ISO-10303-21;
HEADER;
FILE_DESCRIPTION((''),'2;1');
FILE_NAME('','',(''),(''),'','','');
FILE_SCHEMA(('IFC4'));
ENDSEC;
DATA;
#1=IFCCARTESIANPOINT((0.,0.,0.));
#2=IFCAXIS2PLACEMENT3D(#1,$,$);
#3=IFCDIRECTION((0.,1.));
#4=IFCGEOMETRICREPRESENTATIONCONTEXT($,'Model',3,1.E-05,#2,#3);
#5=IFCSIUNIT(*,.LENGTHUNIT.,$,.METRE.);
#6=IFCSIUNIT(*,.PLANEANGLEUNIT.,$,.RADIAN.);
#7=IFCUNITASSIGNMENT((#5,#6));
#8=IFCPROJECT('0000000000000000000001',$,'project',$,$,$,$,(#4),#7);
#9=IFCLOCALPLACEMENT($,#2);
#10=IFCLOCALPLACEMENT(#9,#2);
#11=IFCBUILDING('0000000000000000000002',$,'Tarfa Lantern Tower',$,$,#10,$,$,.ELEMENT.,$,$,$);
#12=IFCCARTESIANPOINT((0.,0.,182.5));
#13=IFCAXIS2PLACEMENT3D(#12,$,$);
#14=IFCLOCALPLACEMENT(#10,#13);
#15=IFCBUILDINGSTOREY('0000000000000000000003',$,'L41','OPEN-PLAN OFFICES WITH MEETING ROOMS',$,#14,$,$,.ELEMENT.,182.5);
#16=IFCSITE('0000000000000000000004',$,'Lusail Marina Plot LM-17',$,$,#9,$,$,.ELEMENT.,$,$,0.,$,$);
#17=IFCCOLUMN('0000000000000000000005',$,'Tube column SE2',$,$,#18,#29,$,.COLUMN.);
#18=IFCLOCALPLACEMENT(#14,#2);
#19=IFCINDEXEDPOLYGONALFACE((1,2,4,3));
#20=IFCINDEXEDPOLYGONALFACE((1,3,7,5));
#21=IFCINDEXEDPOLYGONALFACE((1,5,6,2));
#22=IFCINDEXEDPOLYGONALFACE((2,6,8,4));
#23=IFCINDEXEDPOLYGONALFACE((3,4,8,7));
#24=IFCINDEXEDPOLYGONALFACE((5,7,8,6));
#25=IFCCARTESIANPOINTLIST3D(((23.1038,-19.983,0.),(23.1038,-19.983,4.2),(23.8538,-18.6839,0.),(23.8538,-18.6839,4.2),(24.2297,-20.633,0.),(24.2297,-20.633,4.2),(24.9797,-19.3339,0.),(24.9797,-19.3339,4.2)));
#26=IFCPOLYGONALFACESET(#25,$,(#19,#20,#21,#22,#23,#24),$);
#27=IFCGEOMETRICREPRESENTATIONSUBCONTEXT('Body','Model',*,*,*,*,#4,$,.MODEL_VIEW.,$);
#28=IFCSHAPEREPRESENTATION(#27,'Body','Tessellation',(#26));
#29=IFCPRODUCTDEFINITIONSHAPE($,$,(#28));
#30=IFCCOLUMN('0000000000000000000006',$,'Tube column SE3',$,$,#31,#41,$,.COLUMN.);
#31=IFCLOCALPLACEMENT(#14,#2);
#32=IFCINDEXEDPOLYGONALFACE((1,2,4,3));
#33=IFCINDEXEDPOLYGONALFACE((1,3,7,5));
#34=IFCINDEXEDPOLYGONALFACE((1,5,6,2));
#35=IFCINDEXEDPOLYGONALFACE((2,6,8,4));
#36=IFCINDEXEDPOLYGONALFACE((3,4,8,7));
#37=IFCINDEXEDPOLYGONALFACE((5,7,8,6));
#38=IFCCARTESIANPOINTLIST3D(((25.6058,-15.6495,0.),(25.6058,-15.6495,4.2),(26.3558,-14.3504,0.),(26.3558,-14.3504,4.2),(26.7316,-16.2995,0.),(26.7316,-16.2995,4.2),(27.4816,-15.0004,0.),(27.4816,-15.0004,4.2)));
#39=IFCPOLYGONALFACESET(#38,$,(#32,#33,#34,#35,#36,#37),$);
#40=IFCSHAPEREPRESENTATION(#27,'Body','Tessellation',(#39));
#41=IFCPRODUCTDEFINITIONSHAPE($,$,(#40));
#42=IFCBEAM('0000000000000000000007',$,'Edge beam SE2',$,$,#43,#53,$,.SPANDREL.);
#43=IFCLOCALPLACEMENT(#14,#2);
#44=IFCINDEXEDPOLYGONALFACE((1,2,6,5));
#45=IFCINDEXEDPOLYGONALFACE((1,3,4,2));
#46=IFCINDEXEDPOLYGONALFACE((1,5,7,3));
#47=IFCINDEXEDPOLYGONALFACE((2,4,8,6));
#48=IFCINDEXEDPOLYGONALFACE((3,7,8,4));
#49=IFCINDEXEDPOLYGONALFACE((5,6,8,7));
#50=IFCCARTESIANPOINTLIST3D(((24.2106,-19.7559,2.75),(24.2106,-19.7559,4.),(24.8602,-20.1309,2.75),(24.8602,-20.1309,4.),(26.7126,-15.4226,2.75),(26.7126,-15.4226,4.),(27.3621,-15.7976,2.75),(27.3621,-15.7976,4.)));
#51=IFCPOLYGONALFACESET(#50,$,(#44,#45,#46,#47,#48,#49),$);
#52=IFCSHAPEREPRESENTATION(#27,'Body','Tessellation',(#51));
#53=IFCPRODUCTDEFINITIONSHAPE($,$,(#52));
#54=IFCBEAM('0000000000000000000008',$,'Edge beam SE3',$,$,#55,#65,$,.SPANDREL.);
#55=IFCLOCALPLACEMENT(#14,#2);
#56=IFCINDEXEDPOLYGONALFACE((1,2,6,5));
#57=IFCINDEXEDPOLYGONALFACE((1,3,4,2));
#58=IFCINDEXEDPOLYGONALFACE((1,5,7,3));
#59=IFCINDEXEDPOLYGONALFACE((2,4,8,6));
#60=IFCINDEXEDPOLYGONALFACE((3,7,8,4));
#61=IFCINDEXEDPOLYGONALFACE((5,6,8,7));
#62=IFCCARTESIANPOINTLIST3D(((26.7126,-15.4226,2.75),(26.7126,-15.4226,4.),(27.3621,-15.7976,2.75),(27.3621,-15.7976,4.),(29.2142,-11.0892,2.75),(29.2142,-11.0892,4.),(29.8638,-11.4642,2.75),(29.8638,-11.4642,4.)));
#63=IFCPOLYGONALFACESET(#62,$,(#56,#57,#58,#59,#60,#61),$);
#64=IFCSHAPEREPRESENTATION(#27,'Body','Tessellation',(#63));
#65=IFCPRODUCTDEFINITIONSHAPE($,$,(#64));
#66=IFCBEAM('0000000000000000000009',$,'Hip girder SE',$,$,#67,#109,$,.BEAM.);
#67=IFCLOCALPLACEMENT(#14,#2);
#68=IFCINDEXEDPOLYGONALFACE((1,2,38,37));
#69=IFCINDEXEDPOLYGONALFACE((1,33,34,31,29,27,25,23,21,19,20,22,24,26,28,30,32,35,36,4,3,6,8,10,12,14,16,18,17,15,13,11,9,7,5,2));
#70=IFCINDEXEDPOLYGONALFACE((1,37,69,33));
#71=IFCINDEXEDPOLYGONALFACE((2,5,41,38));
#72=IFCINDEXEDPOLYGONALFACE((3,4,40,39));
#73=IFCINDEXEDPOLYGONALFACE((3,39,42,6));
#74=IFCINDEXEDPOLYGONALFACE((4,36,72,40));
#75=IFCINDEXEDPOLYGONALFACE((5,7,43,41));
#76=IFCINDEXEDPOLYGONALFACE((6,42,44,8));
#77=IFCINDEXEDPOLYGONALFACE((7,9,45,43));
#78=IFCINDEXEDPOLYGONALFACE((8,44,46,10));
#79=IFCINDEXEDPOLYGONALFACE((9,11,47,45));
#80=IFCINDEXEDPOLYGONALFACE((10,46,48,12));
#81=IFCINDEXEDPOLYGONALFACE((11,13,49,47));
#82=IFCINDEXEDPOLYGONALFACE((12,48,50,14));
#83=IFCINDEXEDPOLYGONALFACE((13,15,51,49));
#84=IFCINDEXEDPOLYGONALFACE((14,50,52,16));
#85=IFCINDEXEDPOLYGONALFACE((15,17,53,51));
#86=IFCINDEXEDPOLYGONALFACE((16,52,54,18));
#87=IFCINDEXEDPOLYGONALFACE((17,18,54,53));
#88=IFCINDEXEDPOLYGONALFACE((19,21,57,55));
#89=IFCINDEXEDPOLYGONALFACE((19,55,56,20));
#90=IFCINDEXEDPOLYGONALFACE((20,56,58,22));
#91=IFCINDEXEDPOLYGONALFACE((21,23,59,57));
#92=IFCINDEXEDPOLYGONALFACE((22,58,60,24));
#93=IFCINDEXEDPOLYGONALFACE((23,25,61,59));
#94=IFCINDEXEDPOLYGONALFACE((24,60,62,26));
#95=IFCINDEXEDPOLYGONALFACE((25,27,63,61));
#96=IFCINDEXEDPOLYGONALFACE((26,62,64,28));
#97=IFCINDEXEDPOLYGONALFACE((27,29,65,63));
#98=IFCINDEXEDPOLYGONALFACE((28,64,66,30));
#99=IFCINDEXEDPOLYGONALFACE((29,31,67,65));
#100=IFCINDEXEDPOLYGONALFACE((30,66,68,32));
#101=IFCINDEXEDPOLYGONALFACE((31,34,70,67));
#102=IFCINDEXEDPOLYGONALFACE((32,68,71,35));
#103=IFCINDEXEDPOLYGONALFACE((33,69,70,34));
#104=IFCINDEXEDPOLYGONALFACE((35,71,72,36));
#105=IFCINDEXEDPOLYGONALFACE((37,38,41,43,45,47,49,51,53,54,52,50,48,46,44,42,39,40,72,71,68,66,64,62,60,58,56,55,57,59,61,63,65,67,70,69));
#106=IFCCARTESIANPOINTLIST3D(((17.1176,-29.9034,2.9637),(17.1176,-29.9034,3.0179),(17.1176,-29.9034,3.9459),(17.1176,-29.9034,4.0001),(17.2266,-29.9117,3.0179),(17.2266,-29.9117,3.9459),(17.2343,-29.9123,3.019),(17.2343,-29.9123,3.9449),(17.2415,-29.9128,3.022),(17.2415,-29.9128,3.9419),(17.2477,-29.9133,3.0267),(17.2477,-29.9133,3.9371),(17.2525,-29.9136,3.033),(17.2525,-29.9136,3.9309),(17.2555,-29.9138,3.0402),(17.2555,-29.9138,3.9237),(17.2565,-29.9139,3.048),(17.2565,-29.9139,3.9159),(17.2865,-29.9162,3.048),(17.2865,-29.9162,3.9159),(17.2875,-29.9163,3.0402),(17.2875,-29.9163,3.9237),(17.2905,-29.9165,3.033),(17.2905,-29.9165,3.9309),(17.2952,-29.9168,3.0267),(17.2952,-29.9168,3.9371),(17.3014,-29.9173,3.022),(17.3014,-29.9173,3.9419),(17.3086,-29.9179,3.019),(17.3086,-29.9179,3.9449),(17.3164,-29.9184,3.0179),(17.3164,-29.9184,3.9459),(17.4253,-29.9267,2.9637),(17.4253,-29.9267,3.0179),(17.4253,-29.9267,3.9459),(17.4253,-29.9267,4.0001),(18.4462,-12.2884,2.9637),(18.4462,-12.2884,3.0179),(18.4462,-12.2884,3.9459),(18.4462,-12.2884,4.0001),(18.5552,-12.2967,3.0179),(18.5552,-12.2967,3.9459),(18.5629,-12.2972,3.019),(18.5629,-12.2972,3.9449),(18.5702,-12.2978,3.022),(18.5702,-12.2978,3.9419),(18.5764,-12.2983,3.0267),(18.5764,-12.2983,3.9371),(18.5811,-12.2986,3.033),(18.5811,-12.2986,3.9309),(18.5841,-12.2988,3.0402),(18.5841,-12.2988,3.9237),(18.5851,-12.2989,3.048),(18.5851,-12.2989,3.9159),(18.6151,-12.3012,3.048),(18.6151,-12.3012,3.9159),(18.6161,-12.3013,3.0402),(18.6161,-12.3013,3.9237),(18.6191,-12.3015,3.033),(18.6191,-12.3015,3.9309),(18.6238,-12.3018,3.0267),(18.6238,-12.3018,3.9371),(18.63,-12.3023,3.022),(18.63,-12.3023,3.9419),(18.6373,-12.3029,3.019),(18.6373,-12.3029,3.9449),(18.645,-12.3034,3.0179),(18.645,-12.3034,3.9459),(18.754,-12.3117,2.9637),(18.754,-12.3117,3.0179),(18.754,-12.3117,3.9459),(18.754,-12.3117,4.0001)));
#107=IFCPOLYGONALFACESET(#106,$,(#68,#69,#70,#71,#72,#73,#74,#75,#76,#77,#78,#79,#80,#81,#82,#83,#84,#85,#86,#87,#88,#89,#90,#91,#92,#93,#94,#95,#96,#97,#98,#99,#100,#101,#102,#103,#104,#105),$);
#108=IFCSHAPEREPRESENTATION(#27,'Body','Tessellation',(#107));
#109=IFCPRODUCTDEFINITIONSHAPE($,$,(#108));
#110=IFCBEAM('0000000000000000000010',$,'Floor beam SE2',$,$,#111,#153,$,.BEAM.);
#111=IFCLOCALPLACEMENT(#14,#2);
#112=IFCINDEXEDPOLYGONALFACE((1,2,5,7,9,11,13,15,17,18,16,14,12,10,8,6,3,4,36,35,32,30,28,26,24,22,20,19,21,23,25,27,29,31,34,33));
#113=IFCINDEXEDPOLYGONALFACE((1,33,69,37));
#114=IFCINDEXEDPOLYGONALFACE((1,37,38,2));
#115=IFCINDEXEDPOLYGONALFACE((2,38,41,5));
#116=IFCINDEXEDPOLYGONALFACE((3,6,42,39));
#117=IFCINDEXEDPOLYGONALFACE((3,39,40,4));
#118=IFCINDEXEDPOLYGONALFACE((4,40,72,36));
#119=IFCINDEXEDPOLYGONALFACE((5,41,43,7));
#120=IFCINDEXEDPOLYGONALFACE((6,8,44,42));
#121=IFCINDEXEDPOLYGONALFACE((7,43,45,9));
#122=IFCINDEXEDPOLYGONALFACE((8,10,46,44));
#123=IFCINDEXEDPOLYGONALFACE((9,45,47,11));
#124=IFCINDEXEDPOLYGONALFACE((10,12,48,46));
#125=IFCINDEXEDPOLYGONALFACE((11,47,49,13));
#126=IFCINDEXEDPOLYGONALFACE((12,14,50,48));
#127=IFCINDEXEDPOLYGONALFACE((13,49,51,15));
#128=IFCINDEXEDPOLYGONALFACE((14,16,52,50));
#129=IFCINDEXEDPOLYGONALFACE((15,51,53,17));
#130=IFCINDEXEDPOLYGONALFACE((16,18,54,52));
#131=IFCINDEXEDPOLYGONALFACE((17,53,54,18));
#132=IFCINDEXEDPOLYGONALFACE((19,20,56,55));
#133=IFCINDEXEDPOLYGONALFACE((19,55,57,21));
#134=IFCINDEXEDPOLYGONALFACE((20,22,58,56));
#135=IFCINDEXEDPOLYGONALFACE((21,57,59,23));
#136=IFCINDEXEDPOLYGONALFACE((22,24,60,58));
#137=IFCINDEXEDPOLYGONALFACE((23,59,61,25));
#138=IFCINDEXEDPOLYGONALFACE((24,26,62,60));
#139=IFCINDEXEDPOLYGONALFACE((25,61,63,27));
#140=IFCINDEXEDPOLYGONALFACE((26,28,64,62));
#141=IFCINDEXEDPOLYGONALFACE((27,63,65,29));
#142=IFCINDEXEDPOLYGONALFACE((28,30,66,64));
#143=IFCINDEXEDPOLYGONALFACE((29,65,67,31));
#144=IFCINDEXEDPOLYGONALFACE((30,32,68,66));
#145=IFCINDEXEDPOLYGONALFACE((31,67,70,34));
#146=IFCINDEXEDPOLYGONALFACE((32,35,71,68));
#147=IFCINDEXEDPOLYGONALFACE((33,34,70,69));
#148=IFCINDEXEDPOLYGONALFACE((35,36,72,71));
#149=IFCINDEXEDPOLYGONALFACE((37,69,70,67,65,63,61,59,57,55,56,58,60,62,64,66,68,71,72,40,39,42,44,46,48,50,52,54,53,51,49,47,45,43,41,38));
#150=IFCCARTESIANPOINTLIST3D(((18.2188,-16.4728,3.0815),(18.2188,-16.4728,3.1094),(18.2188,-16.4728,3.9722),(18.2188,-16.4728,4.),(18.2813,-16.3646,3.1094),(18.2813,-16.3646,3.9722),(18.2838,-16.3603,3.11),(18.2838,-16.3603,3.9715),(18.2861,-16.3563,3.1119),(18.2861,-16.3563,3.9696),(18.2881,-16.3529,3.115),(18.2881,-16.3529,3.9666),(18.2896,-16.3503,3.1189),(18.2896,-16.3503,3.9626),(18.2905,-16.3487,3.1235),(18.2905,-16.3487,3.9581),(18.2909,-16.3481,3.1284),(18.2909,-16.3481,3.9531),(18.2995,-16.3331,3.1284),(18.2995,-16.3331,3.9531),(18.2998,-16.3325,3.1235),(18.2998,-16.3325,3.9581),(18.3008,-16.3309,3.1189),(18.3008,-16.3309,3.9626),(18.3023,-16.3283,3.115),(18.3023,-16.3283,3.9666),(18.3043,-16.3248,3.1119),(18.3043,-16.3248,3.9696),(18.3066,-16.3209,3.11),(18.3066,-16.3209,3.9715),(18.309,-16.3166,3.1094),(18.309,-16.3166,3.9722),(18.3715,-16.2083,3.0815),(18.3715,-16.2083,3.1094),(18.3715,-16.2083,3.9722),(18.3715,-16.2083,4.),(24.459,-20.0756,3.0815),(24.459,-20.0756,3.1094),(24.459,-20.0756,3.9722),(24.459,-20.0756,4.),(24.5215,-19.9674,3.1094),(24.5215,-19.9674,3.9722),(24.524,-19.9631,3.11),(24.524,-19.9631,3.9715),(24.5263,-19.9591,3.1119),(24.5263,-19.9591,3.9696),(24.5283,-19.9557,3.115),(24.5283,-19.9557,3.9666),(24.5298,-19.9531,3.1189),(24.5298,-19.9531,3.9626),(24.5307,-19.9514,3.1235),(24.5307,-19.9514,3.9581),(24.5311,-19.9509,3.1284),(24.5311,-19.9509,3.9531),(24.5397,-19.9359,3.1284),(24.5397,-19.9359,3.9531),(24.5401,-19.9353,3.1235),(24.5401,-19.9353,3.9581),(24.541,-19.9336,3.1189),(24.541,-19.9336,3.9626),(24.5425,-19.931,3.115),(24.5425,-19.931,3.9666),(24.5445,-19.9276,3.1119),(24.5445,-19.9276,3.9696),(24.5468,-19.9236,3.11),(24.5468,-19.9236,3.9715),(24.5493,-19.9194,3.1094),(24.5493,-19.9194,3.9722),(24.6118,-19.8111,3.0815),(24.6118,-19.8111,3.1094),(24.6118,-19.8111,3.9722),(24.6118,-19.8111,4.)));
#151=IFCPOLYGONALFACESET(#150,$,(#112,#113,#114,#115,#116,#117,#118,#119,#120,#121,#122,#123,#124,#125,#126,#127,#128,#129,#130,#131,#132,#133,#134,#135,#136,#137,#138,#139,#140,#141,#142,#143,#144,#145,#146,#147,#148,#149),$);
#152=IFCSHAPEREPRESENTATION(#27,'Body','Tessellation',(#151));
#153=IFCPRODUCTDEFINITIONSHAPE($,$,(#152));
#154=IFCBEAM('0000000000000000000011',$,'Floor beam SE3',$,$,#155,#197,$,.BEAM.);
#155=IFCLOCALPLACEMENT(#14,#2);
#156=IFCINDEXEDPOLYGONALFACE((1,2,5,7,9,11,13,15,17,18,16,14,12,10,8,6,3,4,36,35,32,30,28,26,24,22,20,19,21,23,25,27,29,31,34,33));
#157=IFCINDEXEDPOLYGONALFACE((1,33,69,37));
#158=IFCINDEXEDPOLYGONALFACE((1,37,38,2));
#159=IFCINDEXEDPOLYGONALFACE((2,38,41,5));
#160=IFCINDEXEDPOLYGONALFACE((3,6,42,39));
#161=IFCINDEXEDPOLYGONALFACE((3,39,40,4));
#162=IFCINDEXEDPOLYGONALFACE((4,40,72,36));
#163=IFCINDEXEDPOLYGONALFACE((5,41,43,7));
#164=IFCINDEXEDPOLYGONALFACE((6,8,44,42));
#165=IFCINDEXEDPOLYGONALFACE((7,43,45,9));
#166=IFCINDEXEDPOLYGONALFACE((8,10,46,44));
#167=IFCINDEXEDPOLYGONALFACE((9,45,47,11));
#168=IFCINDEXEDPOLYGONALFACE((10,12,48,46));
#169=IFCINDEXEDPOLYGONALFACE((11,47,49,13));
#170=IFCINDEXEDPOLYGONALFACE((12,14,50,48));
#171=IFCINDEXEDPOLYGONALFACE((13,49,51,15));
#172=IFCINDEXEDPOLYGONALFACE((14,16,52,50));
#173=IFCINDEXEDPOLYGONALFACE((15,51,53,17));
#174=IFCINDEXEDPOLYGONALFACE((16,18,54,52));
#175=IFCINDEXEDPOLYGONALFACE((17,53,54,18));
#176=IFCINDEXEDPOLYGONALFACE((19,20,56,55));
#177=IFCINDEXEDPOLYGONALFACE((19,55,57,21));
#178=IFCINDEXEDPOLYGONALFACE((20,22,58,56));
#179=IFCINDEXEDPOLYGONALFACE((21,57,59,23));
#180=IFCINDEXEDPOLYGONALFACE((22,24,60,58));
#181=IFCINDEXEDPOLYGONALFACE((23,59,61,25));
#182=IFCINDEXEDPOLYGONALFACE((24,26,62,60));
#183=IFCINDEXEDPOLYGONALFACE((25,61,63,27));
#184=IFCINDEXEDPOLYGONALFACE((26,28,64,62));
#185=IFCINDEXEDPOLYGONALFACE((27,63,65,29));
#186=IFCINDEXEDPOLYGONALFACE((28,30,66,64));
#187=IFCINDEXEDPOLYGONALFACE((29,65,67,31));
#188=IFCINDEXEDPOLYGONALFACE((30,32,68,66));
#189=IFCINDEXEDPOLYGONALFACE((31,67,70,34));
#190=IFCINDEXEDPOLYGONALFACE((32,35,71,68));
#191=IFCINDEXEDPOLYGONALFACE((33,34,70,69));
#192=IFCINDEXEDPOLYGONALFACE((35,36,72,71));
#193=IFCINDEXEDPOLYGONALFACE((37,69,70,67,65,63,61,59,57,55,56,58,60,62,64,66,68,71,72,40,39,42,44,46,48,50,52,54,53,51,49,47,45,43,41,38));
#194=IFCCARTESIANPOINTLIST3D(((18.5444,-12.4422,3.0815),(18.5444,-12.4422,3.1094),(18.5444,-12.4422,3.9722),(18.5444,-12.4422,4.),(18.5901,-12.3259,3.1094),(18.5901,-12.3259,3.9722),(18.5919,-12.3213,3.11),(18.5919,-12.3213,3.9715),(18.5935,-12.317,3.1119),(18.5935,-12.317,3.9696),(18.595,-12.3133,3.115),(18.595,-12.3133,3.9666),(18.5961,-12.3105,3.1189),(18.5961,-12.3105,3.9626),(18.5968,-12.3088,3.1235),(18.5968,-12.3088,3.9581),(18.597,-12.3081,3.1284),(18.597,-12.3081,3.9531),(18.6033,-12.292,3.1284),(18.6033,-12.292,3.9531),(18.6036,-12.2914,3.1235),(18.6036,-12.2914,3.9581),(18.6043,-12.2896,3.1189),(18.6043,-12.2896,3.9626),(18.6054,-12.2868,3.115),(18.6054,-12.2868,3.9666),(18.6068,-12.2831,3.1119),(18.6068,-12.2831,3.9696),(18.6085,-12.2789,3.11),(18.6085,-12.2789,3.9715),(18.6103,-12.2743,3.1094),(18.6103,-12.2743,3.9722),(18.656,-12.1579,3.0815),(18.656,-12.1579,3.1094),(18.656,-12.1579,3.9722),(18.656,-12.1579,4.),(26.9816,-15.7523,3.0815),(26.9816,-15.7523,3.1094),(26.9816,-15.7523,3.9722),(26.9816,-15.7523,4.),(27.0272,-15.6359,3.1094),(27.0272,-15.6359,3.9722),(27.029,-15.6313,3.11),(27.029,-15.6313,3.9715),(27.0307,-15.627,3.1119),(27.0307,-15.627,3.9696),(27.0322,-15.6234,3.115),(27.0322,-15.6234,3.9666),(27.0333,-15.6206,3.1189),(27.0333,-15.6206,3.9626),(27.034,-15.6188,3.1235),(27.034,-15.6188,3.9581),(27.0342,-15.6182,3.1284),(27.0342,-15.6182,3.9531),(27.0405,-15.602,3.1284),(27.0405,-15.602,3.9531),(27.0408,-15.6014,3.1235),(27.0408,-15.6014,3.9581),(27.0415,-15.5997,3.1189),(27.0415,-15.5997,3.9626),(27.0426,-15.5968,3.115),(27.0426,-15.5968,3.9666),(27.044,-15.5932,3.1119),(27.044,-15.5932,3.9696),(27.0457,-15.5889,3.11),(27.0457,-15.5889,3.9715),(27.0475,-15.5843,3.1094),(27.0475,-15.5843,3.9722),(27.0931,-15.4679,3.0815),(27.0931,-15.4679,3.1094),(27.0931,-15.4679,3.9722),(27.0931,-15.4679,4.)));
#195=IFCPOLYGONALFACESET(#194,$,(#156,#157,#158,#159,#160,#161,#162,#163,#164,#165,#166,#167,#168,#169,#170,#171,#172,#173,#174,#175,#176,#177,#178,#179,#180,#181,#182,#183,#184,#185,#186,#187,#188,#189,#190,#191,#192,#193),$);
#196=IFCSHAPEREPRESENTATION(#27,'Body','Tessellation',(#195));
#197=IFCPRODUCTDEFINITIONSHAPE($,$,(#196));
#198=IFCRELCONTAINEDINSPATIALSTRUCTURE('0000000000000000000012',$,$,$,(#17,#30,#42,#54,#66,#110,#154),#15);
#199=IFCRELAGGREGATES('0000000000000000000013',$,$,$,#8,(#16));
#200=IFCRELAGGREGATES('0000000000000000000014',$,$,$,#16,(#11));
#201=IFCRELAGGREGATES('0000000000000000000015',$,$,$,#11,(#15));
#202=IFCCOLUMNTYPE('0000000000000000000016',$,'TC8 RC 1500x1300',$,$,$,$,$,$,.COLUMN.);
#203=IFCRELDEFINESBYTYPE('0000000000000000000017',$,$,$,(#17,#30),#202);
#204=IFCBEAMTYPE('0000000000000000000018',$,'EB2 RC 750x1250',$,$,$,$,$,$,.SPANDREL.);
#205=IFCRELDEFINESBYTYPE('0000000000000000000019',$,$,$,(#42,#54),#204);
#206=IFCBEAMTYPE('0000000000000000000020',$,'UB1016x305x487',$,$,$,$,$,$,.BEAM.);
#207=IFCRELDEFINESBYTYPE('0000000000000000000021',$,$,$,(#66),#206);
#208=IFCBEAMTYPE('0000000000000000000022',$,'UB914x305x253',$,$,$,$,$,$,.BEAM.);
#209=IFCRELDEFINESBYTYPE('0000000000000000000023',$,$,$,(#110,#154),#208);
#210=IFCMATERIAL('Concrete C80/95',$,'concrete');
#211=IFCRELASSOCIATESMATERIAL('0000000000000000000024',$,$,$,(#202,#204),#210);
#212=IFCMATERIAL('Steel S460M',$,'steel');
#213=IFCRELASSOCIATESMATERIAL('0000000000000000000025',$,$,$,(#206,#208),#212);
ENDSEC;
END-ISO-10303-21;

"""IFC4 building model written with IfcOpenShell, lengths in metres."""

from ifc_helpers import new_model, si_unit, direction, frame, origin, origin_2d, place, context, subcontext, project, spatial, rectangle, i_section, extrude, material, material_profile, profile_set, type_object, element, save


model = new_model("IFC4")

# Units and contexts
model_context = context("Model", 3, precision=1e-05, world=origin(), true_north=direction((0.0, 1.0)))
body_context = subcontext(model_context, "Body", "Model", "MODEL_VIEW")
ifc_project = project(units=[si_unit("LENGTHUNIT", "METRE"), si_unit("PLANEANGLEUNIT", "RADIAN")], contexts=[model_context])

# Site, building, storey
site_placement = place(None, origin())
site = spatial("IfcSite", under=ifc_project, at=site_placement, Name="Lusail Marina Plot LM-17", CompositionType="ELEMENT", RefElevation=0.0)
building_placement = place(site_placement, origin())
building = spatial("IfcBuilding", under=site, at=building_placement, Name="Tarfa Lantern Tower", CompositionType="ELEMENT")
storey_placement = place(building_placement, frame((0.0, 0.0, 182.5)))
storey = spatial("IfcBuildingStorey", under=building, at=storey_placement, Name="L41", Description="OPEN-PLAN OFFICES WITH MEETING ROOMS", CompositionType="ELEMENT", Elevation=182.5)

# Columns
ifc_material_1 = material(Name="Concrete C80/95", Category="concrete")
ifc_material_profile_1 = material_profile(ifc_material_1, rectangle(XDim=1.5, YDim=1.3, at=origin_2d()), Name="RC 1500x1300")
ifc_profile_set_1 = profile_set([ifc_material_profile_1], Name="Concrete C80/95")
column_type = type_object("IfcColumnType", Name="TC8 RC 1500x1300", PredefinedType="COLUMN", material=ifc_profile_set_1)
for number, where, z_axis, x_axis, name in (
    (1, (24.0417, -19.6584, 0.0), (0.0, 0.0, 1.0), (0.5, 0.866025, 0.0), "Tube column SE2"),
    (2, (26.5437, -15.325, 0.0), (0.0, 0.0, 1.0), (0.5, 0.866025, 0.0), "Tube column SE3"),
):
    element("IfcColumn", number, at=place(storey_placement, frame(where, z_axis=z_axis, x_axis=x_axis)), inside=storey, type_object=column_type, Name=name, PredefinedType="COLUMN", context=body_context, shape_type="SweptSolid", body=[
        extrude(rectangle(XDim=1.5, YDim=1.3, at=origin_2d()), origin(), (0.0, 0.0, 1.0), 4.2),
    ])

# Beams
ifc_material_profile_2 = material_profile(ifc_material_1, rectangle(XDim=0.75, YDim=1.25, at=origin_2d()), Name="RC 750x1250")
ifc_profile_set_2 = profile_set([ifc_material_profile_2], Name="Concrete C80/95")
beam_type_1 = type_object("IfcBeamType", Name="EB2 RC 750x1250", PredefinedType="SPANDREL", material=ifc_profile_set_2)
for number, where, z_axis, x_axis, name in (
    (3, (24.5354, -19.9434, 3.375), (0.500022, 0.866013, 0.0), (-0.866013, 0.500022, 0.0), "Edge beam SE2"),
    (4, (27.0374, -15.6101, 3.375), (0.499965, 0.866046, 0.0), (-0.866046, 0.499965, 0.0), "Edge beam SE3"),
):
    element("IfcBeam", number, at=place(storey_placement, frame(where, z_axis=z_axis, x_axis=x_axis)), inside=storey, type_object=beam_type_1, Name=name, PredefinedType="SPANDREL", context=body_context, shape_type="SweptSolid", body=[
        extrude(rectangle(XDim=0.75, YDim=1.25, at=origin_2d()), origin(), (0.0, 0.0, 1.0), 5.0037),
    ])
ifc_material_2 = material(Name="Steel S460M", Category="steel")
ifc_material_profile_3 = material_profile(ifc_material_2, i_section(OverallWidth=0.3086, OverallDepth=1.0364, WebThickness=0.03, FlangeThickness=0.0542, FilletRadius=0.03, at=origin_2d()), Name="UB1016x305x487")
ifc_profile_set_3 = profile_set([ifc_material_profile_3], Name="Steel S460M")
beam_type_2 = type_object("IfcBeamType", Name="UB1016x305x487", PredefinedType="BEAM", material=ifc_profile_set_3)
beam_1_placement = place(storey_placement, frame((18.6001, -12.3, 3.4819), z_axis=(-0.075212, -0.997168, 0.0), x_axis=(0.997168, -0.075212, 0.0)))
element("IfcBeam", 5, at=beam_1_placement, inside=storey, type_object=beam_type_2, Name="Hip girder SE", PredefinedType="BEAM", context=body_context, shape_type="SweptSolid", body=[
    extrude(i_section(OverallWidth=0.3086, OverallDepth=1.0364, WebThickness=0.03, FlangeThickness=0.0542, FilletRadius=0.03, at=origin_2d()), origin(), (0.0, 0.0, 1.0), 17.665),
])
ifc_material_profile_4 = material_profile(ifc_material_2, i_section(OverallWidth=0.3054, OverallDepth=0.9185, WebThickness=0.0173, FlangeThickness=0.0278, FilletRadius=0.019, at=origin_2d()), Name="UB914x305x253")
ifc_profile_set_4 = profile_set([ifc_material_profile_4], Name="Steel S460M")
beam_type_3 = type_object("IfcBeamType", Name="UB914x305x253", PredefinedType="BEAM", material=ifc_profile_set_4)
beam_2_placement = place(storey_placement, frame((24.5354, -19.9434, 3.5408), z_axis=(-0.866026, 0.499998, 0.0), x_axis=(-0.499998, -0.866026, 0.0)))
element("IfcBeam", 6, at=beam_2_placement, inside=storey, type_object=beam_type_3, Name="Floor beam SE2", PredefinedType="BEAM", context=body_context, shape_type="SweptSolid", body=[
    extrude(i_section(OverallWidth=0.3054, OverallDepth=0.9185, WebThickness=0.0173, FlangeThickness=0.0278, FilletRadius=0.019, at=origin_2d()), origin(), (0.0, 0.0, 1.0), 7.2056),
])
beam_3_placement = place(storey_placement, frame((27.0374, -15.6101, 3.5408), z_axis=(-0.930923, 0.365215, 0.0), x_axis=(-0.365215, -0.930923, 0.0)))
element("IfcBeam", 7, at=beam_3_placement, inside=storey, type_object=beam_type_3, Name="Floor beam SE3", PredefinedType="BEAM", context=body_context, shape_type="SweptSolid", body=[
    extrude(i_section(OverallWidth=0.3054, OverallDepth=0.9185, WebThickness=0.0173, FlangeThickness=0.0278, FilletRadius=0.019, at=origin_2d()), origin(), (0.0, 0.0, 1.0), 9.0632),
])

save(model, "model.ifc")
